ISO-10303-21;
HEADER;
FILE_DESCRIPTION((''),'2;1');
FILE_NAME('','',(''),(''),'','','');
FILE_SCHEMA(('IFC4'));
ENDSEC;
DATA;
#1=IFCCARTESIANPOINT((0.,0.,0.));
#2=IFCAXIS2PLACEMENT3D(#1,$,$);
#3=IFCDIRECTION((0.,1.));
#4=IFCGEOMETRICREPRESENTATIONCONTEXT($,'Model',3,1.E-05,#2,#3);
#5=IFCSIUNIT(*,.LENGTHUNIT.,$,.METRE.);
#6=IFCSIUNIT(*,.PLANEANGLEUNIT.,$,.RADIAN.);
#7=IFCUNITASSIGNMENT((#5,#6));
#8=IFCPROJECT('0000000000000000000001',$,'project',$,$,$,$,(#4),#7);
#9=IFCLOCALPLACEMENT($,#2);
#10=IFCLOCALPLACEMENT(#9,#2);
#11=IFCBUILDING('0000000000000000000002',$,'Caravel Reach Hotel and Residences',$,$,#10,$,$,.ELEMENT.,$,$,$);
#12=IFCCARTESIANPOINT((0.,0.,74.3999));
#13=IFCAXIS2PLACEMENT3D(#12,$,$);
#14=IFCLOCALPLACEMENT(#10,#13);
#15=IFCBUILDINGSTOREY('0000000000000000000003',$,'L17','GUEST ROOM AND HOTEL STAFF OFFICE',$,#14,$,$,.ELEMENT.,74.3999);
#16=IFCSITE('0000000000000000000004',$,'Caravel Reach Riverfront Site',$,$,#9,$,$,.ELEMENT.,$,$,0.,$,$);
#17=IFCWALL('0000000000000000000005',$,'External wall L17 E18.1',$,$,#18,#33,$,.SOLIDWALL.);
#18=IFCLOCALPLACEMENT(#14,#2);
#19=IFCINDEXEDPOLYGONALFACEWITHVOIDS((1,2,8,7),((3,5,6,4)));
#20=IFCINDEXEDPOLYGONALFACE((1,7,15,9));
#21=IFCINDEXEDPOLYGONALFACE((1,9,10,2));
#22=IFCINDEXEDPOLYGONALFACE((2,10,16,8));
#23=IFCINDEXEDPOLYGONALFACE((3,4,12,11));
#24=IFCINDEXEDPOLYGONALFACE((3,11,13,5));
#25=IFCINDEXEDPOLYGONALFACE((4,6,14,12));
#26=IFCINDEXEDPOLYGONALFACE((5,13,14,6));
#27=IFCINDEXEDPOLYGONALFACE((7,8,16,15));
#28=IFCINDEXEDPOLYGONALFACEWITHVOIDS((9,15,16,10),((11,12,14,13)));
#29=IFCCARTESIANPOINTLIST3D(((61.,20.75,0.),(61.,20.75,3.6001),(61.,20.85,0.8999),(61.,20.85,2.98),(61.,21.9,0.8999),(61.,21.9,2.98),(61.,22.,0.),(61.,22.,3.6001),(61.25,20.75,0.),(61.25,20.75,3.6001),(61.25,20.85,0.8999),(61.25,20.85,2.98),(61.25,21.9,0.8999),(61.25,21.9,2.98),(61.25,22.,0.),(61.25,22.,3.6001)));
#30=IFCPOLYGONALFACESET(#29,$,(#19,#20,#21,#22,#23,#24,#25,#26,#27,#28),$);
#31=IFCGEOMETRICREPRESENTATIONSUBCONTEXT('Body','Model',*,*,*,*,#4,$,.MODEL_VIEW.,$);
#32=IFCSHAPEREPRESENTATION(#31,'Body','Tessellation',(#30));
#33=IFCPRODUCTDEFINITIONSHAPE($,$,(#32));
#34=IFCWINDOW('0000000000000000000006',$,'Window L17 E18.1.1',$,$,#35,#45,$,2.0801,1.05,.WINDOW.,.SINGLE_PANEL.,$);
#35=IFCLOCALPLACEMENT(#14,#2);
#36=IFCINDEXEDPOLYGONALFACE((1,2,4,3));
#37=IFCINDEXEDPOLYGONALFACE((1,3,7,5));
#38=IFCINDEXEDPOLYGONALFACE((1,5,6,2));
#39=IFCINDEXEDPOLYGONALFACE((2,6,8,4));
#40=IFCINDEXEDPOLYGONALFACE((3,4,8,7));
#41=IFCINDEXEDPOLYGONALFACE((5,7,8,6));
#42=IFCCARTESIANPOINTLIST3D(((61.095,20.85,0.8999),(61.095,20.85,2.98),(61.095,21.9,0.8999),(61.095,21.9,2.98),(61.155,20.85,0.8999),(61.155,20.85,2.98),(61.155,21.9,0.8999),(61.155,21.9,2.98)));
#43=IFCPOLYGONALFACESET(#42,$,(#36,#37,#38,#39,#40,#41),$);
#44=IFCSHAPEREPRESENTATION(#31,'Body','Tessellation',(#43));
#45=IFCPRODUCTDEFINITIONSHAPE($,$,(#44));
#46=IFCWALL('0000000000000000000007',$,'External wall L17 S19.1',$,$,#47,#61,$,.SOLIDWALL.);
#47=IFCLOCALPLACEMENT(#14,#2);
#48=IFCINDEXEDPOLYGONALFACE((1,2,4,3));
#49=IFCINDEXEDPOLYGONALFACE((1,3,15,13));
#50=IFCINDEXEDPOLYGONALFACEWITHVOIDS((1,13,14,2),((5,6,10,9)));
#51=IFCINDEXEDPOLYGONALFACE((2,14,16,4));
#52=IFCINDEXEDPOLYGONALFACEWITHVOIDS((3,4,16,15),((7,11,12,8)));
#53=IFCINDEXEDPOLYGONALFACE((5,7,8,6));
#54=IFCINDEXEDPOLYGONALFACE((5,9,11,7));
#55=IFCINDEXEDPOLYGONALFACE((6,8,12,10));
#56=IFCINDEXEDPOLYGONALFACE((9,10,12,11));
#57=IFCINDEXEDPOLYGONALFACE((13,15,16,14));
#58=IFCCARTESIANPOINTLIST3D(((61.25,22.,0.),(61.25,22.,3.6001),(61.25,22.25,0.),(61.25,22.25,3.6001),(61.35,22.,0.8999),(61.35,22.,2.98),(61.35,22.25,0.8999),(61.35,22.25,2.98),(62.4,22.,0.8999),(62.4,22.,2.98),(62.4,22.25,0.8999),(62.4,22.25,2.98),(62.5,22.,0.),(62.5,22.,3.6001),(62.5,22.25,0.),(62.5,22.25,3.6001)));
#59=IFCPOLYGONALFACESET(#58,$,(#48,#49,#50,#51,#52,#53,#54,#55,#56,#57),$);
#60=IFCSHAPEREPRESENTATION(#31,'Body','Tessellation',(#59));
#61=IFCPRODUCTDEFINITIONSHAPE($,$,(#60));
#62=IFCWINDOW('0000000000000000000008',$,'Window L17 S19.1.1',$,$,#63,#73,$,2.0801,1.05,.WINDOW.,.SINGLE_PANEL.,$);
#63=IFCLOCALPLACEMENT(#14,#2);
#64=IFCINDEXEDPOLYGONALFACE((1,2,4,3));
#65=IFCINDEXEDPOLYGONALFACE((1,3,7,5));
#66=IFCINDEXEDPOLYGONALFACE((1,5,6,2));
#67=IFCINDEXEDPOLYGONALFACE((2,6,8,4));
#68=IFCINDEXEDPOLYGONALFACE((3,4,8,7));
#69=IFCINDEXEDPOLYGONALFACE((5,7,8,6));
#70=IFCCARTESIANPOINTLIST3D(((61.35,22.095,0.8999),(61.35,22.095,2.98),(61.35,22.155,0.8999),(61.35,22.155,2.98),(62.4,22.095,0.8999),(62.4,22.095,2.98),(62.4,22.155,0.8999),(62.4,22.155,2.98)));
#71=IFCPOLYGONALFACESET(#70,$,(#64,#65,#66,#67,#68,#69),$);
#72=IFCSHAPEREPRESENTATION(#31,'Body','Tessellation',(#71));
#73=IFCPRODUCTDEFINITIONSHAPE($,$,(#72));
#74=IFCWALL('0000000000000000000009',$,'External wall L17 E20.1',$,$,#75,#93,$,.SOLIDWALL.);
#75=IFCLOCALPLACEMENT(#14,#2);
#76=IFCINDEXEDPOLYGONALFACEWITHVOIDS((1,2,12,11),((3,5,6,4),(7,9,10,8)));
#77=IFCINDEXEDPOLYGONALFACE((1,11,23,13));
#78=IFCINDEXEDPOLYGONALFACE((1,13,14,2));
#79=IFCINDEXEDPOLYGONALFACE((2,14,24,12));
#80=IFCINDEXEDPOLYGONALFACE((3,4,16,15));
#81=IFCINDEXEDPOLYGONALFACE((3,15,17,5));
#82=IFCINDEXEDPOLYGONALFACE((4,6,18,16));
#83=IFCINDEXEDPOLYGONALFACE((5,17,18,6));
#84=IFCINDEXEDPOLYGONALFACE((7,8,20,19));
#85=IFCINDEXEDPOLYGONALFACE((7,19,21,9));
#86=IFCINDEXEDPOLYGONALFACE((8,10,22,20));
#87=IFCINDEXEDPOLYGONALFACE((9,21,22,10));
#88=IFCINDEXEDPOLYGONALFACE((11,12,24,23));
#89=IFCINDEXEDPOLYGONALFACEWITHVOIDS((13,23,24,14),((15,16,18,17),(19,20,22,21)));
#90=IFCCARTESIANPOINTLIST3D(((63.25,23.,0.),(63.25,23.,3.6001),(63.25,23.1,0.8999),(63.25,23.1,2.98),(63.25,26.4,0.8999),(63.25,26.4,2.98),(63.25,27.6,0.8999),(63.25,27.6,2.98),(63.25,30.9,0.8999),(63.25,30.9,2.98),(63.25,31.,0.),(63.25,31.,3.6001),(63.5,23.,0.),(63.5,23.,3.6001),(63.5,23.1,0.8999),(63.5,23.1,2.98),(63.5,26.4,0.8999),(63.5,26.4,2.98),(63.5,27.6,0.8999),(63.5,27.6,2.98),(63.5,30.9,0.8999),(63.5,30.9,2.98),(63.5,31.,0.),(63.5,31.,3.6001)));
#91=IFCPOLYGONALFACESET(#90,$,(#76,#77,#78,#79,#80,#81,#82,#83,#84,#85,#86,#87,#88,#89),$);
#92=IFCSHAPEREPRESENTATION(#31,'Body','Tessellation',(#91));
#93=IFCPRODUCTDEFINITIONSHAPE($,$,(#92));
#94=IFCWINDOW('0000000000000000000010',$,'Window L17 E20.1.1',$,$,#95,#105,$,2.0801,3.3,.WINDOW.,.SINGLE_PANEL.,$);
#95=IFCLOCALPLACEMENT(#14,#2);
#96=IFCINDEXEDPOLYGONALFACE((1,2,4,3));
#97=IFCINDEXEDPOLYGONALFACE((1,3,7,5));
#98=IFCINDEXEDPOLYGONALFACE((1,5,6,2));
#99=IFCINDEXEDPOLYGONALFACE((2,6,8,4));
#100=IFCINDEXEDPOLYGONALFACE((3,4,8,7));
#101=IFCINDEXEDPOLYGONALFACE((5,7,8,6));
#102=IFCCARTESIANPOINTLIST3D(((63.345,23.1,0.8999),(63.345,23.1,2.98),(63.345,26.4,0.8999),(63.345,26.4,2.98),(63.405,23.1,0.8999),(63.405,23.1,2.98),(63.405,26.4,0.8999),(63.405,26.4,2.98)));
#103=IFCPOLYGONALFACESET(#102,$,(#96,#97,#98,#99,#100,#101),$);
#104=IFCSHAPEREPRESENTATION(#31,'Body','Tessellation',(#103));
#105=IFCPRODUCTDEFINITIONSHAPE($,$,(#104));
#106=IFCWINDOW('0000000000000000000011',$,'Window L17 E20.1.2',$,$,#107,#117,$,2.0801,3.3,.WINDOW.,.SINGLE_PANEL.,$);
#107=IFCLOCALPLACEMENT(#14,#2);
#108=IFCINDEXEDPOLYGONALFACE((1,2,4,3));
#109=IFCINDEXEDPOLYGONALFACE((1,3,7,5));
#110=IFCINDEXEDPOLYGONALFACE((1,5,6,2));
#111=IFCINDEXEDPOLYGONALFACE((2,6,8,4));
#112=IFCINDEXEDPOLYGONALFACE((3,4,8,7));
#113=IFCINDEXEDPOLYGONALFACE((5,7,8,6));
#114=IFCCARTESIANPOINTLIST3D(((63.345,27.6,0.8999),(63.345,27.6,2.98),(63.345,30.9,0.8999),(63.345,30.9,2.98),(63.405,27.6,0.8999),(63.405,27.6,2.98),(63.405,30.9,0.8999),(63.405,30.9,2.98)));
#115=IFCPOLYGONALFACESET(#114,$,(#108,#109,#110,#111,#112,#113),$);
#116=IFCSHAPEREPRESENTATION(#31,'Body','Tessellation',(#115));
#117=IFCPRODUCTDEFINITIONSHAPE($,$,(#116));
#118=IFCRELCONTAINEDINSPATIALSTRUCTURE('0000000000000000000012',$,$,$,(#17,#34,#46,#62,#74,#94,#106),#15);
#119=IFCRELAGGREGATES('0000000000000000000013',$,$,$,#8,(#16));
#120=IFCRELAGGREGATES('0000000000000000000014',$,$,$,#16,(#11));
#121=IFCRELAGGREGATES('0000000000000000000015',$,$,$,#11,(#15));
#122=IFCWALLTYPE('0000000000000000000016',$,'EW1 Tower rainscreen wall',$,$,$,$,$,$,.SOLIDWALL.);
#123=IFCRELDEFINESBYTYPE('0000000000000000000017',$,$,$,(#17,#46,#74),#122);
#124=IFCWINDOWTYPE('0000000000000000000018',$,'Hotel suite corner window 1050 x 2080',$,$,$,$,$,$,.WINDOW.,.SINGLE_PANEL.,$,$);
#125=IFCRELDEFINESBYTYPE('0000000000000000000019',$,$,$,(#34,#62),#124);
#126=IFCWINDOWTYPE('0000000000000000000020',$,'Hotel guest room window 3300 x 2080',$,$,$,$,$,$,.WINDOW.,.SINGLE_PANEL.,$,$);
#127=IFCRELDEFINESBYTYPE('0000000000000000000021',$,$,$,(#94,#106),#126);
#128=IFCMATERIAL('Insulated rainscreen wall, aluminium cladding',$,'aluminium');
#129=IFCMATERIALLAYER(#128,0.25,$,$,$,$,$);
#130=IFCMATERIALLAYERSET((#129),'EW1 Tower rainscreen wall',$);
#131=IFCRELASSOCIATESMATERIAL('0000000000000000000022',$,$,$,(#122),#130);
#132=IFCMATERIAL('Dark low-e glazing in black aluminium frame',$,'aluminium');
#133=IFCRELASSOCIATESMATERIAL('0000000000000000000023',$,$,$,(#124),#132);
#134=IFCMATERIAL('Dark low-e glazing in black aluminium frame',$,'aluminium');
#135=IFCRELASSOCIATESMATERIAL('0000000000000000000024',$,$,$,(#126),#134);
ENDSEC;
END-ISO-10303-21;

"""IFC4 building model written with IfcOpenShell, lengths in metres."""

from ifc_helpers import new_model, si_unit, direction, frame, frame_2d, origin, place, context, subcontext, project, spatial, rectangle, extrude, material, layer, layer_set, type_object, element, fill, save


model = new_model("IFC4")

# Units and contexts
model_context = context("Model", 3, precision=1e-05, world=origin(), true_north=direction((0.0, 1.0)))
body_context = subcontext(model_context, "Body", "Model", "MODEL_VIEW")
ifc_project = project(units=[si_unit("LENGTHUNIT", "METRE"), si_unit("PLANEANGLEUNIT", "RADIAN")], contexts=[model_context])

# Site, building, storey
site_placement = place(None, origin())
site = spatial("IfcSite", under=ifc_project, at=site_placement, Name="Caravel Reach Riverfront Site", CompositionType="ELEMENT", RefElevation=0.0)
building_placement = place(site_placement, origin())
building = spatial("IfcBuilding", under=site, at=building_placement, Name="Caravel Reach Hotel and Residences", CompositionType="ELEMENT")
storey_placement = place(building_placement, frame((0.0, 0.0, 74.3999)))
storey = spatial("IfcBuildingStorey", under=building, at=storey_placement, Name="L17", Description="GUEST ROOM AND HOTEL STAFF OFFICE", CompositionType="ELEMENT", Elevation=74.3999)

# Walls, openings, windows
ifc_material_1 = material(Name="Insulated rainscreen wall, aluminium cladding", Category="aluminium")
ifc_layer_1 = layer(ifc_material_1, 0.25)
ifc_layer_set_1 = layer_set([ifc_layer_1], Name="EW1 Tower rainscreen wall")
wall_type_1 = type_object("IfcWallType", Name="EW1 Tower rainscreen wall", PredefinedType="SOLIDWALL", material=ifc_layer_set_1)
wall_1_placement = place(storey_placement, frame((61.125, 20.75, 0.0), z_axis=(0.0, 0.0, 1.0), x_axis=(0.0, 1.0, 0.0)))
wall_1 = element("IfcWall", 1, at=wall_1_placement, inside=storey, type_object=wall_type_1, Name="External wall L17 E18.1", PredefinedType="SOLIDWALL", context=body_context, shape_type="SweptSolid", body=[
    extrude(rectangle(XDim=1.25, YDim=0.25, at=frame_2d((0.625, 0.0))), origin(), (0.0, 0.0, 1.0), 3.6001),
])
opening_1_placement = place(wall_1_placement, frame((0.1001, 0.0, 0.8999)))
opening_1 = element("IfcOpeningElement", 2, at=opening_1_placement, cuts=wall_1, PredefinedType="OPENING", context=body_context, shape_type="SweptSolid", body=[
    extrude(rectangle(XDim=1.05, YDim=2.0801, at=frame_2d((0.5249, 1.04))), frame((0.0, 0.135, 0.0), z_axis=(0.0, -1.0, 0.0), x_axis=(1.0, 0.0, 0.0)), (0.0, 0.0, 1.0), 0.27),
])
ifc_material_2 = material(Name="Dark low-e glazing in black aluminium frame", Category="aluminium")
window_type_1 = type_object("IfcWindowType", Name="Hotel suite corner window 1050 x 2080", PartitioningType="SINGLE_PANEL", PredefinedType="WINDOW", material=ifc_material_2)
window_1_placement = place(opening_1_placement, origin())
window_1 = element("IfcWindow", 3, at=window_1_placement, inside=storey, type_object=window_type_1, Name="Window L17 E18.1.1", OverallHeight=2.0801, OverallWidth=1.05, PartitioningType="SINGLE_PANEL", PredefinedType="WINDOW", context=body_context, shape_type="SweptSolid", body=[
    extrude(rectangle(XDim=1.05, YDim=2.0801, at=frame_2d((0.5249, 1.04))), frame((0.0, 0.03, 0.0), z_axis=(0.0, -1.0, 0.0), x_axis=(1.0, 0.0, 0.0)), (0.0, 0.0, 1.0), 0.0601),
])
fill(opening_1, window_1)
wall_2_placement = place(storey_placement, frame((61.25, 22.125, 0.0), z_axis=(0.0, 0.0, 1.0), x_axis=(1.0, 0.0, 0.0)))
wall_2 = element("IfcWall", 4, at=wall_2_placement, inside=storey, type_object=wall_type_1, Name="External wall L17 S19.1", PredefinedType="SOLIDWALL", context=body_context, shape_type="SweptSolid", body=[
    extrude(rectangle(XDim=1.25, YDim=0.25, at=frame_2d((0.625, 0.0))), origin(), (0.0, 0.0, 1.0), 3.6001),
])
opening_2_placement = place(wall_2_placement, frame((0.1001, 0.0, 0.8999)))
opening_2 = element("IfcOpeningElement", 5, at=opening_2_placement, cuts=wall_2, PredefinedType="OPENING", context=body_context, shape_type="SweptSolid", body=[
    extrude(rectangle(XDim=1.05, YDim=2.0801, at=frame_2d((0.5249, 1.04))), frame((0.0, 0.135, 0.0), z_axis=(0.0, -1.0, 0.0), x_axis=(1.0, 0.0, 0.0)), (0.0, 0.0, 1.0), 0.27),
])
window_2_placement = place(opening_2_placement, origin())
window_2 = element("IfcWindow", 6, at=window_2_placement, inside=storey, type_object=window_type_1, Name="Window L17 S19.1.1", OverallHeight=2.0801, OverallWidth=1.05, PartitioningType="SINGLE_PANEL", PredefinedType="WINDOW", context=body_context, shape_type="SweptSolid", body=[
    extrude(rectangle(XDim=1.05, YDim=2.0801, at=frame_2d((0.5249, 1.04))), frame((0.0, 0.03, 0.0), z_axis=(0.0, -1.0, 0.0), x_axis=(1.0, 0.0, 0.0)), (0.0, 0.0, 1.0), 0.0601),
])
fill(opening_2, window_2)

# Wall, openings, windows
wall_3_placement = place(storey_placement, frame((63.375, 23.0, 0.0), z_axis=(0.0, 0.0, 1.0), x_axis=(0.0, 1.0, 0.0)))
wall_3 = element("IfcWall", 7, at=wall_3_placement, inside=storey, type_object=wall_type_1, Name="External wall L17 E20.1", PredefinedType="SOLIDWALL", context=body_context, shape_type="SweptSolid", body=[
    extrude(rectangle(XDim=8.0, YDim=0.25, at=frame_2d((4.0, 0.0))), origin(), (0.0, 0.0, 1.0), 3.6001),
])
opening_3_placement = place(wall_3_placement, frame((0.1001, 0.0, 0.8999)))
opening_3 = element("IfcOpeningElement", 8, at=opening_3_placement, cuts=wall_3, PredefinedType="OPENING", context=body_context, shape_type="SweptSolid", body=[
    extrude(rectangle(XDim=3.3, YDim=2.0801, at=frame_2d((1.6499, 1.04))), frame((0.0, 0.135, 0.0), z_axis=(0.0, -1.0, 0.0), x_axis=(1.0, 0.0, 0.0)), (0.0, 0.0, 1.0), 0.27),
])
opening_4_placement = place(wall_3_placement, frame((4.6001, 0.0, 0.8999)))
opening_4 = element("IfcOpeningElement", 9, at=opening_4_placement, cuts=wall_3, PredefinedType="OPENING", context=body_context, shape_type="SweptSolid", body=[
    extrude(rectangle(XDim=3.3, YDim=2.0801, at=frame_2d((1.6499, 1.04))), frame((0.0, 0.135, 0.0), z_axis=(0.0, -1.0, 0.0), x_axis=(1.0, 0.0, 0.0)), (0.0, 0.0, 1.0), 0.27),
])
ifc_material_3 = material(Name="Dark low-e glazing in black aluminium frame", Category="aluminium")
window_type_2 = type_object("IfcWindowType", Name="Hotel guest room window 3300 x 2080", PartitioningType="SINGLE_PANEL", PredefinedType="WINDOW", material=ifc_material_3)
window_3_placement = place(opening_3_placement, origin())
window_3 = element("IfcWindow", 10, at=window_3_placement, inside=storey, type_object=window_type_2, Name="Window L17 E20.1.1", OverallHeight=2.0801, OverallWidth=3.3, PartitioningType="SINGLE_PANEL", PredefinedType="WINDOW", context=body_context, shape_type="SweptSolid", body=[
    extrude(rectangle(XDim=3.3, YDim=2.0801, at=frame_2d((1.6499, 1.04))), frame((0.0, 0.03, 0.0), z_axis=(0.0, -1.0, 0.0), x_axis=(1.0, 0.0, 0.0)), (0.0, 0.0, 1.0), 0.0601),
])
fill(opening_3, window_3)
window_4_placement = place(opening_4_placement, origin())
window_4 = element("IfcWindow", 11, at=window_4_placement, inside=storey, type_object=window_type_2, Name="Window L17 E20.1.2", OverallHeight=2.0801, OverallWidth=3.3, PartitioningType="SINGLE_PANEL", PredefinedType="WINDOW", context=body_context, shape_type="SweptSolid", body=[
    extrude(rectangle(XDim=3.3, YDim=2.0801, at=frame_2d((1.6499, 1.04))), frame((0.0, 0.03, 0.0), z_axis=(0.0, -1.0, 0.0), x_axis=(1.0, 0.0, 0.0)), (0.0, 0.0, 1.0), 0.0601),
])
fill(opening_4, window_4)

save(model, "model.ifc")
